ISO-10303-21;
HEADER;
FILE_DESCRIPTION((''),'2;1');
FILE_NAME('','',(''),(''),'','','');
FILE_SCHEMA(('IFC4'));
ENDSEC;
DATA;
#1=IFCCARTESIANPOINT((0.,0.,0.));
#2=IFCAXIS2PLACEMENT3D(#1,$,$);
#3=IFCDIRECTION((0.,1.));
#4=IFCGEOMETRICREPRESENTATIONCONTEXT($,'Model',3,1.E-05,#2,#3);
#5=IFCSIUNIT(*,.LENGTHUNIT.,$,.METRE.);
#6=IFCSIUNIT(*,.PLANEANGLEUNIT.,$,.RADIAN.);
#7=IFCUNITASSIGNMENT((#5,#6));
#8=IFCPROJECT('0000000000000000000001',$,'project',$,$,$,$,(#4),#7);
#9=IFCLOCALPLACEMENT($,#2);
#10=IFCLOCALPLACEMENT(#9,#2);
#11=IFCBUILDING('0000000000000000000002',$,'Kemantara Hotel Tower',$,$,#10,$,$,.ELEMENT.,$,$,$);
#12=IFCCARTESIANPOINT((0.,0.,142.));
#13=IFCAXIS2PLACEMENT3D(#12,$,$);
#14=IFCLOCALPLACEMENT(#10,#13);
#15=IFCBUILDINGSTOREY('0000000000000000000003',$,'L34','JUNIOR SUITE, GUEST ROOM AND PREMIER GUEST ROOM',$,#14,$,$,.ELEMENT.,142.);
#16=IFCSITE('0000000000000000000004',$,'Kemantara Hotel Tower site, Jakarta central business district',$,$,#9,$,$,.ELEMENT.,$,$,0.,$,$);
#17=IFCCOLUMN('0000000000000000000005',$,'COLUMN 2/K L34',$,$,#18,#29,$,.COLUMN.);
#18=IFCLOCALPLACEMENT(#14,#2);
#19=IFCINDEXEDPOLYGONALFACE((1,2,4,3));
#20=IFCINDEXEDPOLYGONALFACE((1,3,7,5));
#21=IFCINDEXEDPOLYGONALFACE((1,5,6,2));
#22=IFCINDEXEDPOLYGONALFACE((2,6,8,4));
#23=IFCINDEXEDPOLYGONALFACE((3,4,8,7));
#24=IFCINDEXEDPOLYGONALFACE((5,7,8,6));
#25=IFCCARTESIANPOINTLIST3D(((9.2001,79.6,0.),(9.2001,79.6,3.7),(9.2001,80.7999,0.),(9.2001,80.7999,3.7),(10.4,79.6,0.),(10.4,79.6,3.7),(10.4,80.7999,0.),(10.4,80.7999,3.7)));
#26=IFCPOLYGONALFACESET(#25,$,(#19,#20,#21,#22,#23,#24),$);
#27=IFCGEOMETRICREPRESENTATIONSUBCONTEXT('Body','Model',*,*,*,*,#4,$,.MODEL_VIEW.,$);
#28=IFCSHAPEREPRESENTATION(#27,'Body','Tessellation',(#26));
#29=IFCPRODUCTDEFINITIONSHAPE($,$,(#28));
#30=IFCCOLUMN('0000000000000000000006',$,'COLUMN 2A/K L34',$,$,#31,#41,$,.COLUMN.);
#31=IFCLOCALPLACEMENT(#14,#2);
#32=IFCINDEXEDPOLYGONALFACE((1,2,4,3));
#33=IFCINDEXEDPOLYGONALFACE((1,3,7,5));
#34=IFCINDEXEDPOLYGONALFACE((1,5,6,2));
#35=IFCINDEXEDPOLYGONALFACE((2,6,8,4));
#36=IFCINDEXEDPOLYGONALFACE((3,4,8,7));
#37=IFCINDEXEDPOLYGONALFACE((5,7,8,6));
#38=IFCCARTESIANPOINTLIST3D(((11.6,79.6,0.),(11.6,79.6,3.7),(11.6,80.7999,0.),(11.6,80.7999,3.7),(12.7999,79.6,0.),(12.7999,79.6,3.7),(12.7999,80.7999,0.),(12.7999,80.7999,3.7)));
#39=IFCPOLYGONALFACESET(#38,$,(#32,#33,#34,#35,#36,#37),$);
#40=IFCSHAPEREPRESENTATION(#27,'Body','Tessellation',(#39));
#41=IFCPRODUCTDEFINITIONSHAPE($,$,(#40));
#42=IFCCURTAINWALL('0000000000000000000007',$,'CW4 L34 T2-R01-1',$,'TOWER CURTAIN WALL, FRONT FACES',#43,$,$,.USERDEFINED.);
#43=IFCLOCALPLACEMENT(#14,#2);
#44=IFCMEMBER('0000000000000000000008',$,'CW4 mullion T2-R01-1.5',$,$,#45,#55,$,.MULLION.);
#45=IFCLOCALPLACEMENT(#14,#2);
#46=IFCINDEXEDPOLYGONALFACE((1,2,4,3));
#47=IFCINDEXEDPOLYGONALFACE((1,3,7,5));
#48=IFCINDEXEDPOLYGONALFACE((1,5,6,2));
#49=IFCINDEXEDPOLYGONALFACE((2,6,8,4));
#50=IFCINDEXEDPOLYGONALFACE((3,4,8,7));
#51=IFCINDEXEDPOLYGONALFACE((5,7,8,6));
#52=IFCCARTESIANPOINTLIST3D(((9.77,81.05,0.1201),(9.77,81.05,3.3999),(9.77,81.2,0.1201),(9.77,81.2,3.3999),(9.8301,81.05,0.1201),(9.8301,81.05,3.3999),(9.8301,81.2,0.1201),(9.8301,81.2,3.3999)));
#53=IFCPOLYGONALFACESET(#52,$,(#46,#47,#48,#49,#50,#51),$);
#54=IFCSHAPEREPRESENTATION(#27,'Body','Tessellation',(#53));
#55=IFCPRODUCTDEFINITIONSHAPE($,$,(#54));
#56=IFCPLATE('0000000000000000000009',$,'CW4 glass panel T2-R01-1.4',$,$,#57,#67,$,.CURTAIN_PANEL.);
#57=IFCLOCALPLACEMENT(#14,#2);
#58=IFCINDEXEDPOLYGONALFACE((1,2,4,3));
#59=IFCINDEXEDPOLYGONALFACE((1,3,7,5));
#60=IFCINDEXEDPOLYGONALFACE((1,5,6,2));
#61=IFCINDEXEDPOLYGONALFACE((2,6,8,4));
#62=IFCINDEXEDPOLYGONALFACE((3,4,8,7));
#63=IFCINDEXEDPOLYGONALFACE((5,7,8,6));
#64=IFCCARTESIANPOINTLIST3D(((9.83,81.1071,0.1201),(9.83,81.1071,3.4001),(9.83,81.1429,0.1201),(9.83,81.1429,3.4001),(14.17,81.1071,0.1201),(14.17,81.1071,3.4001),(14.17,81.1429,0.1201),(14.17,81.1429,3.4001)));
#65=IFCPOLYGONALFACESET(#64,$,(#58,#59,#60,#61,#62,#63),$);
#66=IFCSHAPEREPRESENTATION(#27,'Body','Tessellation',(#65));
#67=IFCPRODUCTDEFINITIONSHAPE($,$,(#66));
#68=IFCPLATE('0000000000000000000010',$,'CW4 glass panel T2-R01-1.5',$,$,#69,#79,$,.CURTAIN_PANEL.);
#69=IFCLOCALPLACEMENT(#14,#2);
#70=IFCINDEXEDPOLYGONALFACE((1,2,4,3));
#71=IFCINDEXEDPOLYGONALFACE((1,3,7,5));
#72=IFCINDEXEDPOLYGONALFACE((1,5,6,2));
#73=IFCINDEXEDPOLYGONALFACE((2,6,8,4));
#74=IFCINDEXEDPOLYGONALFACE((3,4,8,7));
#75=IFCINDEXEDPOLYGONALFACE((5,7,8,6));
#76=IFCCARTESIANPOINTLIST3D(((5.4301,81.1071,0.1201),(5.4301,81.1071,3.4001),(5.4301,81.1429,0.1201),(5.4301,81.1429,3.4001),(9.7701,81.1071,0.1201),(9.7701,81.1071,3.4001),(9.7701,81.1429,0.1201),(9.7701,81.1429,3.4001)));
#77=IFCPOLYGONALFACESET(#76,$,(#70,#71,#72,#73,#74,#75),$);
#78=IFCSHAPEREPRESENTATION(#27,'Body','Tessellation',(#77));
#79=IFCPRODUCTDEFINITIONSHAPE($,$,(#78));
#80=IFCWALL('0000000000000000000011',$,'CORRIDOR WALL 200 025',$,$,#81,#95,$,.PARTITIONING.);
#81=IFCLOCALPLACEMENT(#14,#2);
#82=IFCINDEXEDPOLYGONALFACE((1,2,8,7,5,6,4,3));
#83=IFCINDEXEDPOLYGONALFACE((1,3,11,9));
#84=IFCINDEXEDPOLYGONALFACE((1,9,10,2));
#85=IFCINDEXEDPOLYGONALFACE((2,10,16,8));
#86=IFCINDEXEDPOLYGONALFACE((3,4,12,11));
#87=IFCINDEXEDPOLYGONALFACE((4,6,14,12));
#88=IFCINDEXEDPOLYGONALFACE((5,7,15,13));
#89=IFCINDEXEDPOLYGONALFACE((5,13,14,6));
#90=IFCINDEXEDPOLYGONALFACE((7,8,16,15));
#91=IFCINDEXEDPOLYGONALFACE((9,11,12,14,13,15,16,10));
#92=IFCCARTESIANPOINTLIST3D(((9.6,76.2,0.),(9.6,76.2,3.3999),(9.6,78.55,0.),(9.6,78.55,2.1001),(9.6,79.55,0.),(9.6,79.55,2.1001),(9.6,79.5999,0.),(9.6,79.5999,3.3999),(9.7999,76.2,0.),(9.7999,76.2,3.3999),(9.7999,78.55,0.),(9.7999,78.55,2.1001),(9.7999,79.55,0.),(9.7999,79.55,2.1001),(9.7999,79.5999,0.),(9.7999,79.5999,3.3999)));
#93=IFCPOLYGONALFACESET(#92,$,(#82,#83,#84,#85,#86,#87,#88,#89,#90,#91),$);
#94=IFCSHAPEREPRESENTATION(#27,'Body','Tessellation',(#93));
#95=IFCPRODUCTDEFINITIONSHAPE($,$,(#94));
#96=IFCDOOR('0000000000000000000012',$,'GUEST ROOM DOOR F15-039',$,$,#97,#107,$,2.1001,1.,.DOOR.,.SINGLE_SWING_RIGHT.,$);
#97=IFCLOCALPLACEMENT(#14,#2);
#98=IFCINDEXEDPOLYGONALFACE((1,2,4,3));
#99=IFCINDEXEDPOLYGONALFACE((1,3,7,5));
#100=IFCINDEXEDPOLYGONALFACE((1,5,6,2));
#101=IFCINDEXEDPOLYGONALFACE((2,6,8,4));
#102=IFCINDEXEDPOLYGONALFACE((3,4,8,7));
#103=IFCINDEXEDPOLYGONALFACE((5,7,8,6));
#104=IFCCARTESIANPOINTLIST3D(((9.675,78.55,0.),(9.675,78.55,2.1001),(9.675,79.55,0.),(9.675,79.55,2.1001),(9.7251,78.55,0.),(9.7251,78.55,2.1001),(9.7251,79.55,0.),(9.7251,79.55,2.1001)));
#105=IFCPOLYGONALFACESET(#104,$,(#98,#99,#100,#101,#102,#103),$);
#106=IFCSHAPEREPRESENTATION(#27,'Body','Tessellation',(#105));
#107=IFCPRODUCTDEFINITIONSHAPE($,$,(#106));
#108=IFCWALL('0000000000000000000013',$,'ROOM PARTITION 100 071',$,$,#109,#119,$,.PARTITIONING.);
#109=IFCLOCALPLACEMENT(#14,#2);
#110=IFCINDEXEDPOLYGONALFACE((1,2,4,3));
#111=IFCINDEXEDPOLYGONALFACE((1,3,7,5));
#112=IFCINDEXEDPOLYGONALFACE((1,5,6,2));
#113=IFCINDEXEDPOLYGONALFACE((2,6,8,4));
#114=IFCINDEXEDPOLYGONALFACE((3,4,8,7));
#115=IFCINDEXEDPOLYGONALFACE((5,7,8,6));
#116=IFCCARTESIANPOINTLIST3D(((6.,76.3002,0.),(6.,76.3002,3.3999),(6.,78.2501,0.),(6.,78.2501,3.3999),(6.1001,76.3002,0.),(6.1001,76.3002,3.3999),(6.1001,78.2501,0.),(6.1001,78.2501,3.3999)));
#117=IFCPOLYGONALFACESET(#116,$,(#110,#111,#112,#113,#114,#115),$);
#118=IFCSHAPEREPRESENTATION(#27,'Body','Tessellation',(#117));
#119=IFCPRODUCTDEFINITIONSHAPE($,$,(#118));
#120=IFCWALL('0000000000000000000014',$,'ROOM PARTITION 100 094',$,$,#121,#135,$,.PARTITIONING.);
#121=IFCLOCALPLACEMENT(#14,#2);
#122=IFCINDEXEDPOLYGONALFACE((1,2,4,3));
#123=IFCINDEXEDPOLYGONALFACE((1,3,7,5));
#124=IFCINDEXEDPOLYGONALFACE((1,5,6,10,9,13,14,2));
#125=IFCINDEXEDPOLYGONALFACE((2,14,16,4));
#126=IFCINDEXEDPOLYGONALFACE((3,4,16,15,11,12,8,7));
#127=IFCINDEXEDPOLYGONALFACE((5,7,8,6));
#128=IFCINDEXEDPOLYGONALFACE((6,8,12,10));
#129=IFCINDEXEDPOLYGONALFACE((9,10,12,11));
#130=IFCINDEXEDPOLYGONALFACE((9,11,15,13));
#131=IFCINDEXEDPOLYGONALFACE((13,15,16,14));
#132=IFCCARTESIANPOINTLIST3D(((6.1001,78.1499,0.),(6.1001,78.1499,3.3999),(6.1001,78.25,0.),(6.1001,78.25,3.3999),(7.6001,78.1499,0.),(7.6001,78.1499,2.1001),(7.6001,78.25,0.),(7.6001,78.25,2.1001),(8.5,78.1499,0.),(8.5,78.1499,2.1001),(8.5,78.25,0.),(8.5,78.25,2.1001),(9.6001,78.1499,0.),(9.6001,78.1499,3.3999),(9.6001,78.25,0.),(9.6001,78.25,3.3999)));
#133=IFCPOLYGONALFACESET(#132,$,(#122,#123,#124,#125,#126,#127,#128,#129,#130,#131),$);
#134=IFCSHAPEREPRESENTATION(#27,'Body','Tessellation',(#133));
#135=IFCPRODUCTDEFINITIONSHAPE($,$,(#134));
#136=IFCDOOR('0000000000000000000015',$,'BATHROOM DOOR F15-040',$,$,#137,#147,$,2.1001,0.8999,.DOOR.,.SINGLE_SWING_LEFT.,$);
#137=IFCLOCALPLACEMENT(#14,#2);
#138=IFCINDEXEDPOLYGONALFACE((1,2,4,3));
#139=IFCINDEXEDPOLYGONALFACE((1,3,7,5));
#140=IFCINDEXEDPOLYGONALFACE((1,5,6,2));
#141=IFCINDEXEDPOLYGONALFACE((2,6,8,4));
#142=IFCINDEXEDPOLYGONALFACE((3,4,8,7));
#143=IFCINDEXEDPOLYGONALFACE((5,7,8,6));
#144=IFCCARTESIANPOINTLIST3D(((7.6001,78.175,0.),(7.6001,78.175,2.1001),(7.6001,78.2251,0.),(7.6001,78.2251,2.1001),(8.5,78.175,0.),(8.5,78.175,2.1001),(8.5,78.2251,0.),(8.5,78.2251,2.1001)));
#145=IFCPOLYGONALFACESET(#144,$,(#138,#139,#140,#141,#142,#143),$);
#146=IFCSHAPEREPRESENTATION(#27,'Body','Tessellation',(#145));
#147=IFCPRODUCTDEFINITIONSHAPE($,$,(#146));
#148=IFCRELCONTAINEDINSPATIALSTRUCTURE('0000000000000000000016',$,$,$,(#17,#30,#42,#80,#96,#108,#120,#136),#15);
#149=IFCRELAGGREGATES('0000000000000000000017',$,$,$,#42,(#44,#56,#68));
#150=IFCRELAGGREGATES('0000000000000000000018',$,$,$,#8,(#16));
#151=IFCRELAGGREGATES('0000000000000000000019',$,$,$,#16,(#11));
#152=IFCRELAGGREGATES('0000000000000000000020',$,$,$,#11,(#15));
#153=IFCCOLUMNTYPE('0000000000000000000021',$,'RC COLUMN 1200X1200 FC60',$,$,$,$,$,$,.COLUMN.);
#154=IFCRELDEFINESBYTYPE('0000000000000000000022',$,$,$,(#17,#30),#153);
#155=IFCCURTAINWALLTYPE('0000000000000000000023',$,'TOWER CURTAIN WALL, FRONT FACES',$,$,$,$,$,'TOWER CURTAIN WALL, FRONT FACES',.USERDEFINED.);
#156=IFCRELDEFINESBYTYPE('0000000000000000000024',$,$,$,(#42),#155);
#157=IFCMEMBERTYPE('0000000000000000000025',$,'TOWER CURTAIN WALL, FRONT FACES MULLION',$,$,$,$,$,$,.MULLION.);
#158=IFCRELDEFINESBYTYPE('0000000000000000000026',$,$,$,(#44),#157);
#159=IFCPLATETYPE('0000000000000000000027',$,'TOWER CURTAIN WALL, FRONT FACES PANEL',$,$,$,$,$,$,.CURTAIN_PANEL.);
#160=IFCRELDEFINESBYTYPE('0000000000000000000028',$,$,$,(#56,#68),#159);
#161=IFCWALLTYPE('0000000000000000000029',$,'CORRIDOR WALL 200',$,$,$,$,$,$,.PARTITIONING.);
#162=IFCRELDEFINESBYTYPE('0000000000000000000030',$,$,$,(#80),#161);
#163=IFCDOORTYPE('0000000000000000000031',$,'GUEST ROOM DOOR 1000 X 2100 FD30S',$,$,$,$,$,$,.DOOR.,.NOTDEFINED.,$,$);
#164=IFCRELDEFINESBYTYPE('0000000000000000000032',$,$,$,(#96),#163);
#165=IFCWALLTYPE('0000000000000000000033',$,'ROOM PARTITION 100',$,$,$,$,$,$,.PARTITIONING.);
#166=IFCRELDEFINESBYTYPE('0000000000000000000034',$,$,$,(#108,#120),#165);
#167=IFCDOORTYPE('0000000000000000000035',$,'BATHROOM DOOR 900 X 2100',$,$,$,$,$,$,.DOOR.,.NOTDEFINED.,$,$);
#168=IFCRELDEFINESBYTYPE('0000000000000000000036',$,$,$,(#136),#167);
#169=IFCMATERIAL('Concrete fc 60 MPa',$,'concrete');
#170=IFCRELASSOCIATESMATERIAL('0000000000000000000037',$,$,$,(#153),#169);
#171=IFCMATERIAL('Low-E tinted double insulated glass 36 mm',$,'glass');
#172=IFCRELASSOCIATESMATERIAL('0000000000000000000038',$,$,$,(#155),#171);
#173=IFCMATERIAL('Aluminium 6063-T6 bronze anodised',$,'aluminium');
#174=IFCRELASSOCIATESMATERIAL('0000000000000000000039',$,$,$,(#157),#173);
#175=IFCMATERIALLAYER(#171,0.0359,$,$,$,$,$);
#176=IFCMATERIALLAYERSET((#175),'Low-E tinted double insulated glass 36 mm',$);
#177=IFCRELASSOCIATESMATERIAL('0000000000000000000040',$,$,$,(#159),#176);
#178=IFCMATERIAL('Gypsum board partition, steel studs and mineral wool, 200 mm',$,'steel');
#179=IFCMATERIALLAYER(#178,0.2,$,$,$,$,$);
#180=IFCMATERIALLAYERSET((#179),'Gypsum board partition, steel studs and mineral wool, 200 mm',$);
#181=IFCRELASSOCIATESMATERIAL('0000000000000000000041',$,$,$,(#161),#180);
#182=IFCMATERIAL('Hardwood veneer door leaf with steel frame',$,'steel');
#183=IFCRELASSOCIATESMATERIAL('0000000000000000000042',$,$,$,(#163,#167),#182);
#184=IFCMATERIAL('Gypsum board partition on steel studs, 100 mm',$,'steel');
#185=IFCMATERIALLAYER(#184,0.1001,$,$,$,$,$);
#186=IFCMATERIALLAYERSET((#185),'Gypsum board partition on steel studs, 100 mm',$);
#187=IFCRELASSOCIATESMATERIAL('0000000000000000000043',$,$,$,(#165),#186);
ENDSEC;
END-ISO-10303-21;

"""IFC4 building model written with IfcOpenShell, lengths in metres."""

from ifc_helpers import new_model, si_unit, direction, frame, frame_2d, origin, origin_2d, place, context, subcontext, project, spatial, rectangle, extrude, source, transform, mapped, material, layer, layer_set, material_profile, profile_set, type_object, element, fill, aggregate, save


model = new_model("IFC4")

# Units and contexts
model_context = context("Model", 3, precision=1e-05, world=origin(), true_north=direction((0.0, 1.0)))
body_context = subcontext(model_context, "Body", "Model", "MODEL_VIEW")
ifc_project = project(units=[si_unit("LENGTHUNIT", "METRE"), si_unit("PLANEANGLEUNIT", "RADIAN")], contexts=[model_context])

# Site, building, storey
site_placement = place(None, origin())
site = spatial("IfcSite", under=ifc_project, at=site_placement, Name="Kemantara Hotel Tower site, Jakarta central business district", CompositionType="ELEMENT", RefElevation=0.0)
building_placement = place(site_placement, origin())
building = spatial("IfcBuilding", under=site, at=building_placement, Name="Kemantara Hotel Tower", CompositionType="ELEMENT")
storey_placement = place(building_placement, frame((0.0, 0.0, 142.0)))
storey = spatial("IfcBuildingStorey", under=building, at=storey_placement, Name="L34", Description="JUNIOR SUITE, GUEST ROOM AND PREMIER GUEST ROOM", CompositionType="ELEMENT", Elevation=142.0)

# Columns
ifc_material_1 = material(Name="Concrete fc 60 MPa", Category="concrete")
ifc_material_profile_1 = material_profile(ifc_material_1, rectangle(XDim=1.2, YDim=1.2, at=origin_2d()), Name="RC 1200X1200")
ifc_profile_set_1 = profile_set([ifc_material_profile_1], Name="Concrete fc 60 MPa")
column_type = type_object("IfcColumnType", Name="RC COLUMN 1200X1200 FC60", PredefinedType="COLUMN", material=ifc_profile_set_1)
for number, where, z_axis, x_axis, name in (
    (1, (9.8, 80.2, 0.0), (0.0, 0.0, 1.0), (1.0, 0.0, 0.0), "COLUMN 2/K L34"),
    (2, (12.2, 80.2, 0.0), (0.0, 0.0, 1.0), (1.0, 0.0, 0.0), "COLUMN 2A/K L34"),
):
    element("IfcColumn", number, at=place(storey_placement, frame(where, z_axis=z_axis, x_axis=x_axis)), inside=storey, type_object=column_type, Name=name, PredefinedType="COLUMN", context=body_context, shape_type="SweptSolid", body=[
        extrude(rectangle(XDim=1.2, YDim=1.2, at=origin_2d()), origin(), (0.0, 0.0, 1.0), 3.7),
    ])

# Curtain wall, member, plates
ifc_material_2 = material(Name="Low-E tinted double insulated glass 36 mm", Category="glass")
curtain_wall_type = type_object("IfcCurtainWallType", Name="TOWER CURTAIN WALL, FRONT FACES", ElementType="TOWER CURTAIN WALL, FRONT FACES", PredefinedType="USERDEFINED", material=ifc_material_2)
curtain_wall_placement = place(storey_placement, origin())
curtain_wall = element("IfcCurtainWall", 3, at=curtain_wall_placement, inside=storey, type_object=curtain_wall_type, Name="CW4 L34 T2-R01-1", ObjectType="TOWER CURTAIN WALL, FRONT FACES", PredefinedType="USERDEFINED")
ifc_material_3 = material(Name="Aluminium 6063-T6 bronze anodised", Category="aluminium")
ifc_material_profile_2 = material_profile(ifc_material_3, rectangle(XDim=0.1499, YDim=0.0601, at=origin_2d()), Name="TOWER CURTAIN WALL, FRONT FACES MULLION")
ifc_profile_set_2 = profile_set([ifc_material_profile_2], Name="Aluminium 6063-T6 bronze anodised")
member_type = type_object("IfcMemberType", Name="TOWER CURTAIN WALL, FRONT FACES MULLION", PredefinedType="MULLION", material=ifc_profile_set_2)
shared_shape_1 = source(origin(), body_context, "Body", "SweptSolid", [
    extrude(rectangle(XDim=0.1499, YDim=0.0601, at=origin_2d()), origin(), (0.0, 0.0, 1.0), 3.2798),
])
member_placement = place(storey_placement, frame((9.8, 81.125, 0.1201), z_axis=(0.0, 0.0, 1.0), x_axis=(0.0, -1.0, 0.0)))
member = element("IfcMember", 4, at=member_placement, type_object=member_type, Name="CW4 mullion T2-R01-1.5", PredefinedType="MULLION", context=body_context, shape_type="MappedRepresentation", body=[
    mapped(shared_shape_1, transform((0.0, 0.0, 0.0))),
])
ifc_layer_1 = layer(ifc_material_2, 0.0359)
ifc_layer_set_1 = layer_set([ifc_layer_1], Name="Low-E tinted double insulated glass 36 mm")
plate_type = type_object("IfcPlateType", Name="TOWER CURTAIN WALL, FRONT FACES PANEL", PredefinedType="CURTAIN_PANEL", material=ifc_layer_set_1)
shared_shape_2 = source(origin(), body_context, "Body", "SweptSolid", [
    extrude(rectangle(XDim=4.3401, YDim=0.0359, at=origin_2d()), origin(), (0.0, 0.0, 1.0), 3.28),
])
plate_1_placement = place(storey_placement, frame((12.0, 81.125, 0.1201), z_axis=(0.0, 0.0, 1.0), x_axis=(-1.0, 0.0, 0.0)))
plate_1 = element("IfcPlate", 5, at=plate_1_placement, type_object=plate_type, Name="CW4 glass panel T2-R01-1.4", PredefinedType="CURTAIN_PANEL", context=body_context, shape_type="MappedRepresentation", body=[
    mapped(shared_shape_2, transform((0.0, 0.0, 0.0))),
])
plate_2_placement = place(storey_placement, frame((7.6001, 81.125, 0.1201), z_axis=(0.0, 0.0, 1.0), x_axis=(-1.0, 0.0, 0.0)))
plate_2 = element("IfcPlate", 6, at=plate_2_placement, type_object=plate_type, Name="CW4 glass panel T2-R01-1.5", PredefinedType="CURTAIN_PANEL", context=body_context, shape_type="MappedRepresentation", body=[
    mapped(shared_shape_2, transform((0.0, 0.0, 0.0))),
])
aggregate(curtain_wall, [member, plate_1, plate_2])

# Wall, opening, door
ifc_material_4 = material(Name="Gypsum board partition, steel studs and mineral wool, 200 mm", Category="steel")
ifc_layer_2 = layer(ifc_material_4, 0.2)
ifc_layer_set_2 = layer_set([ifc_layer_2], Name="Gypsum board partition, steel studs and mineral wool, 200 mm")
wall_type_1 = type_object("IfcWallType", Name="CORRIDOR WALL 200", PredefinedType="PARTITIONING", material=ifc_layer_set_2)
wall_1_placement = place(storey_placement, frame((9.7, 76.2, 0.0), z_axis=(0.0, 0.0, 1.0), x_axis=(0.0, 1.0, 0.0)))
wall_1 = element("IfcWall", 7, at=wall_1_placement, inside=storey, type_object=wall_type_1, Name="CORRIDOR WALL 200 025", PredefinedType="PARTITIONING", context=body_context, shape_type="SweptSolid", body=[
    extrude(rectangle(XDim=3.3999, YDim=0.2, at=frame_2d((1.7, 0.0))), origin(), (0.0, 0.0, 1.0), 3.3999),
])
opening_1_placement = place(wall_1_placement, frame((2.3501, 0.0, 0.0)))
opening_1 = element("IfcOpeningElement", 8, at=opening_1_placement, cuts=wall_1, PredefinedType="OPENING", context=body_context, shape_type="SweptSolid", body=[
    extrude(rectangle(XDim=1.0, YDim=2.1001, at=frame_2d((0.5, 1.05))), frame((0.0, 0.1099, 0.0), z_axis=(0.0, -1.0, 0.0), x_axis=(1.0, 0.0, 0.0)), (0.0, 0.0, 1.0), 0.22),
])
ifc_material_5 = material(Name="Hardwood veneer door leaf with steel frame", Category="steel")
door_type_1 = type_object("IfcDoorType", Name="GUEST ROOM DOOR 1000 X 2100 FD30S", OperationType="NOTDEFINED", PredefinedType="DOOR", material=ifc_material_5)
door_1_placement = place(opening_1_placement, origin())
door_1 = element("IfcDoor", 9, at=door_1_placement, inside=storey, type_object=door_type_1, Name="GUEST ROOM DOOR F15-039", OperationType="SINGLE_SWING_RIGHT", OverallHeight=2.1001, OverallWidth=1.0, PredefinedType="DOOR", context=body_context, shape_type="SweptSolid", body=[
    extrude(rectangle(XDim=1.0, YDim=2.1001, at=frame_2d((0.5, 1.05))), frame((0.0, 0.0249, 0.0), z_axis=(0.0, -1.0, 0.0), x_axis=(1.0, 0.0, 0.0)), (0.0, 0.0, 1.0), 0.05),
])
fill(opening_1, door_1)

# Wall
ifc_material_6 = material(Name="Gypsum board partition on steel studs, 100 mm", Category="steel")
ifc_layer_3 = layer(ifc_material_6, 0.1001)
ifc_layer_set_3 = layer_set([ifc_layer_3], Name="Gypsum board partition on steel studs, 100 mm")
wall_type_2 = type_object("IfcWallType", Name="ROOM PARTITION 100", PredefinedType="PARTITIONING", material=ifc_layer_set_3)
wall_2_placement = place(storey_placement, frame((6.05, 76.3, 0.0), z_axis=(0.0, 0.0, 1.0), x_axis=(0.0, 1.0, 0.0)))
element("IfcWall", 10, at=wall_2_placement, inside=storey, type_object=wall_type_2, Name="ROOM PARTITION 100 071", PredefinedType="PARTITIONING", context=body_context, shape_type="SweptSolid", body=[
    extrude(rectangle(XDim=1.95, YDim=0.1001, at=frame_2d((0.9751, 0.0))), origin(), (0.0, 0.0, 1.0), 3.3999),
])

# Wall, opening, door
wall_3_placement = place(storey_placement, frame((9.6001, 78.2, 0.0), z_axis=(0.0, 0.0, 1.0), x_axis=(-1.0, 0.0, 0.0)))
wall_3 = element("IfcWall", 11, at=wall_3_placement, inside=storey, type_object=wall_type_2, Name="ROOM PARTITION 100 094", PredefinedType="PARTITIONING", context=body_context, shape_type="SweptSolid", body=[
    extrude(rectangle(XDim=3.5, YDim=0.1001, at=frame_2d((1.75, 0.0))), origin(), (0.0, 0.0, 1.0), 3.3999),
])
opening_2_placement = place(wall_3_placement, frame((1.1001, 0.0, 0.0)))
opening_2 = element("IfcOpeningElement", 12, at=opening_2_placement, cuts=wall_3, PredefinedType="OPENING", context=body_context, shape_type="SweptSolid", body=[
    extrude(rectangle(XDim=0.8999, YDim=2.1001, at=frame_2d((0.45, 1.05))), frame((0.0, 0.0601, 0.0), z_axis=(0.0, -1.0, 0.0), x_axis=(1.0, 0.0, 0.0)), (0.0, 0.0, 1.0), 0.1201),
])
door_type_2 = type_object("IfcDoorType", Name="BATHROOM DOOR 900 X 2100", OperationType="NOTDEFINED", PredefinedType="DOOR", material=ifc_material_5)
door_2_placement = place(opening_2_placement, origin())
door_2 = element("IfcDoor", 13, at=door_2_placement, inside=storey, type_object=door_type_2, Name="BATHROOM DOOR F15-040", OperationType="SINGLE_SWING_LEFT", OverallHeight=2.1001, OverallWidth=0.8999, PredefinedType="DOOR", context=body_context, shape_type="SweptSolid", body=[
    extrude(rectangle(XDim=0.8999, YDim=2.1001, at=frame_2d((0.45, 1.05))), frame((0.0, 0.0249, 0.0), z_axis=(0.0, -1.0, 0.0), x_axis=(1.0, 0.0, 0.0)), (0.0, 0.0, 1.0), 0.05),
])
fill(opening_2, door_2)

save(model, "model.ifc")
